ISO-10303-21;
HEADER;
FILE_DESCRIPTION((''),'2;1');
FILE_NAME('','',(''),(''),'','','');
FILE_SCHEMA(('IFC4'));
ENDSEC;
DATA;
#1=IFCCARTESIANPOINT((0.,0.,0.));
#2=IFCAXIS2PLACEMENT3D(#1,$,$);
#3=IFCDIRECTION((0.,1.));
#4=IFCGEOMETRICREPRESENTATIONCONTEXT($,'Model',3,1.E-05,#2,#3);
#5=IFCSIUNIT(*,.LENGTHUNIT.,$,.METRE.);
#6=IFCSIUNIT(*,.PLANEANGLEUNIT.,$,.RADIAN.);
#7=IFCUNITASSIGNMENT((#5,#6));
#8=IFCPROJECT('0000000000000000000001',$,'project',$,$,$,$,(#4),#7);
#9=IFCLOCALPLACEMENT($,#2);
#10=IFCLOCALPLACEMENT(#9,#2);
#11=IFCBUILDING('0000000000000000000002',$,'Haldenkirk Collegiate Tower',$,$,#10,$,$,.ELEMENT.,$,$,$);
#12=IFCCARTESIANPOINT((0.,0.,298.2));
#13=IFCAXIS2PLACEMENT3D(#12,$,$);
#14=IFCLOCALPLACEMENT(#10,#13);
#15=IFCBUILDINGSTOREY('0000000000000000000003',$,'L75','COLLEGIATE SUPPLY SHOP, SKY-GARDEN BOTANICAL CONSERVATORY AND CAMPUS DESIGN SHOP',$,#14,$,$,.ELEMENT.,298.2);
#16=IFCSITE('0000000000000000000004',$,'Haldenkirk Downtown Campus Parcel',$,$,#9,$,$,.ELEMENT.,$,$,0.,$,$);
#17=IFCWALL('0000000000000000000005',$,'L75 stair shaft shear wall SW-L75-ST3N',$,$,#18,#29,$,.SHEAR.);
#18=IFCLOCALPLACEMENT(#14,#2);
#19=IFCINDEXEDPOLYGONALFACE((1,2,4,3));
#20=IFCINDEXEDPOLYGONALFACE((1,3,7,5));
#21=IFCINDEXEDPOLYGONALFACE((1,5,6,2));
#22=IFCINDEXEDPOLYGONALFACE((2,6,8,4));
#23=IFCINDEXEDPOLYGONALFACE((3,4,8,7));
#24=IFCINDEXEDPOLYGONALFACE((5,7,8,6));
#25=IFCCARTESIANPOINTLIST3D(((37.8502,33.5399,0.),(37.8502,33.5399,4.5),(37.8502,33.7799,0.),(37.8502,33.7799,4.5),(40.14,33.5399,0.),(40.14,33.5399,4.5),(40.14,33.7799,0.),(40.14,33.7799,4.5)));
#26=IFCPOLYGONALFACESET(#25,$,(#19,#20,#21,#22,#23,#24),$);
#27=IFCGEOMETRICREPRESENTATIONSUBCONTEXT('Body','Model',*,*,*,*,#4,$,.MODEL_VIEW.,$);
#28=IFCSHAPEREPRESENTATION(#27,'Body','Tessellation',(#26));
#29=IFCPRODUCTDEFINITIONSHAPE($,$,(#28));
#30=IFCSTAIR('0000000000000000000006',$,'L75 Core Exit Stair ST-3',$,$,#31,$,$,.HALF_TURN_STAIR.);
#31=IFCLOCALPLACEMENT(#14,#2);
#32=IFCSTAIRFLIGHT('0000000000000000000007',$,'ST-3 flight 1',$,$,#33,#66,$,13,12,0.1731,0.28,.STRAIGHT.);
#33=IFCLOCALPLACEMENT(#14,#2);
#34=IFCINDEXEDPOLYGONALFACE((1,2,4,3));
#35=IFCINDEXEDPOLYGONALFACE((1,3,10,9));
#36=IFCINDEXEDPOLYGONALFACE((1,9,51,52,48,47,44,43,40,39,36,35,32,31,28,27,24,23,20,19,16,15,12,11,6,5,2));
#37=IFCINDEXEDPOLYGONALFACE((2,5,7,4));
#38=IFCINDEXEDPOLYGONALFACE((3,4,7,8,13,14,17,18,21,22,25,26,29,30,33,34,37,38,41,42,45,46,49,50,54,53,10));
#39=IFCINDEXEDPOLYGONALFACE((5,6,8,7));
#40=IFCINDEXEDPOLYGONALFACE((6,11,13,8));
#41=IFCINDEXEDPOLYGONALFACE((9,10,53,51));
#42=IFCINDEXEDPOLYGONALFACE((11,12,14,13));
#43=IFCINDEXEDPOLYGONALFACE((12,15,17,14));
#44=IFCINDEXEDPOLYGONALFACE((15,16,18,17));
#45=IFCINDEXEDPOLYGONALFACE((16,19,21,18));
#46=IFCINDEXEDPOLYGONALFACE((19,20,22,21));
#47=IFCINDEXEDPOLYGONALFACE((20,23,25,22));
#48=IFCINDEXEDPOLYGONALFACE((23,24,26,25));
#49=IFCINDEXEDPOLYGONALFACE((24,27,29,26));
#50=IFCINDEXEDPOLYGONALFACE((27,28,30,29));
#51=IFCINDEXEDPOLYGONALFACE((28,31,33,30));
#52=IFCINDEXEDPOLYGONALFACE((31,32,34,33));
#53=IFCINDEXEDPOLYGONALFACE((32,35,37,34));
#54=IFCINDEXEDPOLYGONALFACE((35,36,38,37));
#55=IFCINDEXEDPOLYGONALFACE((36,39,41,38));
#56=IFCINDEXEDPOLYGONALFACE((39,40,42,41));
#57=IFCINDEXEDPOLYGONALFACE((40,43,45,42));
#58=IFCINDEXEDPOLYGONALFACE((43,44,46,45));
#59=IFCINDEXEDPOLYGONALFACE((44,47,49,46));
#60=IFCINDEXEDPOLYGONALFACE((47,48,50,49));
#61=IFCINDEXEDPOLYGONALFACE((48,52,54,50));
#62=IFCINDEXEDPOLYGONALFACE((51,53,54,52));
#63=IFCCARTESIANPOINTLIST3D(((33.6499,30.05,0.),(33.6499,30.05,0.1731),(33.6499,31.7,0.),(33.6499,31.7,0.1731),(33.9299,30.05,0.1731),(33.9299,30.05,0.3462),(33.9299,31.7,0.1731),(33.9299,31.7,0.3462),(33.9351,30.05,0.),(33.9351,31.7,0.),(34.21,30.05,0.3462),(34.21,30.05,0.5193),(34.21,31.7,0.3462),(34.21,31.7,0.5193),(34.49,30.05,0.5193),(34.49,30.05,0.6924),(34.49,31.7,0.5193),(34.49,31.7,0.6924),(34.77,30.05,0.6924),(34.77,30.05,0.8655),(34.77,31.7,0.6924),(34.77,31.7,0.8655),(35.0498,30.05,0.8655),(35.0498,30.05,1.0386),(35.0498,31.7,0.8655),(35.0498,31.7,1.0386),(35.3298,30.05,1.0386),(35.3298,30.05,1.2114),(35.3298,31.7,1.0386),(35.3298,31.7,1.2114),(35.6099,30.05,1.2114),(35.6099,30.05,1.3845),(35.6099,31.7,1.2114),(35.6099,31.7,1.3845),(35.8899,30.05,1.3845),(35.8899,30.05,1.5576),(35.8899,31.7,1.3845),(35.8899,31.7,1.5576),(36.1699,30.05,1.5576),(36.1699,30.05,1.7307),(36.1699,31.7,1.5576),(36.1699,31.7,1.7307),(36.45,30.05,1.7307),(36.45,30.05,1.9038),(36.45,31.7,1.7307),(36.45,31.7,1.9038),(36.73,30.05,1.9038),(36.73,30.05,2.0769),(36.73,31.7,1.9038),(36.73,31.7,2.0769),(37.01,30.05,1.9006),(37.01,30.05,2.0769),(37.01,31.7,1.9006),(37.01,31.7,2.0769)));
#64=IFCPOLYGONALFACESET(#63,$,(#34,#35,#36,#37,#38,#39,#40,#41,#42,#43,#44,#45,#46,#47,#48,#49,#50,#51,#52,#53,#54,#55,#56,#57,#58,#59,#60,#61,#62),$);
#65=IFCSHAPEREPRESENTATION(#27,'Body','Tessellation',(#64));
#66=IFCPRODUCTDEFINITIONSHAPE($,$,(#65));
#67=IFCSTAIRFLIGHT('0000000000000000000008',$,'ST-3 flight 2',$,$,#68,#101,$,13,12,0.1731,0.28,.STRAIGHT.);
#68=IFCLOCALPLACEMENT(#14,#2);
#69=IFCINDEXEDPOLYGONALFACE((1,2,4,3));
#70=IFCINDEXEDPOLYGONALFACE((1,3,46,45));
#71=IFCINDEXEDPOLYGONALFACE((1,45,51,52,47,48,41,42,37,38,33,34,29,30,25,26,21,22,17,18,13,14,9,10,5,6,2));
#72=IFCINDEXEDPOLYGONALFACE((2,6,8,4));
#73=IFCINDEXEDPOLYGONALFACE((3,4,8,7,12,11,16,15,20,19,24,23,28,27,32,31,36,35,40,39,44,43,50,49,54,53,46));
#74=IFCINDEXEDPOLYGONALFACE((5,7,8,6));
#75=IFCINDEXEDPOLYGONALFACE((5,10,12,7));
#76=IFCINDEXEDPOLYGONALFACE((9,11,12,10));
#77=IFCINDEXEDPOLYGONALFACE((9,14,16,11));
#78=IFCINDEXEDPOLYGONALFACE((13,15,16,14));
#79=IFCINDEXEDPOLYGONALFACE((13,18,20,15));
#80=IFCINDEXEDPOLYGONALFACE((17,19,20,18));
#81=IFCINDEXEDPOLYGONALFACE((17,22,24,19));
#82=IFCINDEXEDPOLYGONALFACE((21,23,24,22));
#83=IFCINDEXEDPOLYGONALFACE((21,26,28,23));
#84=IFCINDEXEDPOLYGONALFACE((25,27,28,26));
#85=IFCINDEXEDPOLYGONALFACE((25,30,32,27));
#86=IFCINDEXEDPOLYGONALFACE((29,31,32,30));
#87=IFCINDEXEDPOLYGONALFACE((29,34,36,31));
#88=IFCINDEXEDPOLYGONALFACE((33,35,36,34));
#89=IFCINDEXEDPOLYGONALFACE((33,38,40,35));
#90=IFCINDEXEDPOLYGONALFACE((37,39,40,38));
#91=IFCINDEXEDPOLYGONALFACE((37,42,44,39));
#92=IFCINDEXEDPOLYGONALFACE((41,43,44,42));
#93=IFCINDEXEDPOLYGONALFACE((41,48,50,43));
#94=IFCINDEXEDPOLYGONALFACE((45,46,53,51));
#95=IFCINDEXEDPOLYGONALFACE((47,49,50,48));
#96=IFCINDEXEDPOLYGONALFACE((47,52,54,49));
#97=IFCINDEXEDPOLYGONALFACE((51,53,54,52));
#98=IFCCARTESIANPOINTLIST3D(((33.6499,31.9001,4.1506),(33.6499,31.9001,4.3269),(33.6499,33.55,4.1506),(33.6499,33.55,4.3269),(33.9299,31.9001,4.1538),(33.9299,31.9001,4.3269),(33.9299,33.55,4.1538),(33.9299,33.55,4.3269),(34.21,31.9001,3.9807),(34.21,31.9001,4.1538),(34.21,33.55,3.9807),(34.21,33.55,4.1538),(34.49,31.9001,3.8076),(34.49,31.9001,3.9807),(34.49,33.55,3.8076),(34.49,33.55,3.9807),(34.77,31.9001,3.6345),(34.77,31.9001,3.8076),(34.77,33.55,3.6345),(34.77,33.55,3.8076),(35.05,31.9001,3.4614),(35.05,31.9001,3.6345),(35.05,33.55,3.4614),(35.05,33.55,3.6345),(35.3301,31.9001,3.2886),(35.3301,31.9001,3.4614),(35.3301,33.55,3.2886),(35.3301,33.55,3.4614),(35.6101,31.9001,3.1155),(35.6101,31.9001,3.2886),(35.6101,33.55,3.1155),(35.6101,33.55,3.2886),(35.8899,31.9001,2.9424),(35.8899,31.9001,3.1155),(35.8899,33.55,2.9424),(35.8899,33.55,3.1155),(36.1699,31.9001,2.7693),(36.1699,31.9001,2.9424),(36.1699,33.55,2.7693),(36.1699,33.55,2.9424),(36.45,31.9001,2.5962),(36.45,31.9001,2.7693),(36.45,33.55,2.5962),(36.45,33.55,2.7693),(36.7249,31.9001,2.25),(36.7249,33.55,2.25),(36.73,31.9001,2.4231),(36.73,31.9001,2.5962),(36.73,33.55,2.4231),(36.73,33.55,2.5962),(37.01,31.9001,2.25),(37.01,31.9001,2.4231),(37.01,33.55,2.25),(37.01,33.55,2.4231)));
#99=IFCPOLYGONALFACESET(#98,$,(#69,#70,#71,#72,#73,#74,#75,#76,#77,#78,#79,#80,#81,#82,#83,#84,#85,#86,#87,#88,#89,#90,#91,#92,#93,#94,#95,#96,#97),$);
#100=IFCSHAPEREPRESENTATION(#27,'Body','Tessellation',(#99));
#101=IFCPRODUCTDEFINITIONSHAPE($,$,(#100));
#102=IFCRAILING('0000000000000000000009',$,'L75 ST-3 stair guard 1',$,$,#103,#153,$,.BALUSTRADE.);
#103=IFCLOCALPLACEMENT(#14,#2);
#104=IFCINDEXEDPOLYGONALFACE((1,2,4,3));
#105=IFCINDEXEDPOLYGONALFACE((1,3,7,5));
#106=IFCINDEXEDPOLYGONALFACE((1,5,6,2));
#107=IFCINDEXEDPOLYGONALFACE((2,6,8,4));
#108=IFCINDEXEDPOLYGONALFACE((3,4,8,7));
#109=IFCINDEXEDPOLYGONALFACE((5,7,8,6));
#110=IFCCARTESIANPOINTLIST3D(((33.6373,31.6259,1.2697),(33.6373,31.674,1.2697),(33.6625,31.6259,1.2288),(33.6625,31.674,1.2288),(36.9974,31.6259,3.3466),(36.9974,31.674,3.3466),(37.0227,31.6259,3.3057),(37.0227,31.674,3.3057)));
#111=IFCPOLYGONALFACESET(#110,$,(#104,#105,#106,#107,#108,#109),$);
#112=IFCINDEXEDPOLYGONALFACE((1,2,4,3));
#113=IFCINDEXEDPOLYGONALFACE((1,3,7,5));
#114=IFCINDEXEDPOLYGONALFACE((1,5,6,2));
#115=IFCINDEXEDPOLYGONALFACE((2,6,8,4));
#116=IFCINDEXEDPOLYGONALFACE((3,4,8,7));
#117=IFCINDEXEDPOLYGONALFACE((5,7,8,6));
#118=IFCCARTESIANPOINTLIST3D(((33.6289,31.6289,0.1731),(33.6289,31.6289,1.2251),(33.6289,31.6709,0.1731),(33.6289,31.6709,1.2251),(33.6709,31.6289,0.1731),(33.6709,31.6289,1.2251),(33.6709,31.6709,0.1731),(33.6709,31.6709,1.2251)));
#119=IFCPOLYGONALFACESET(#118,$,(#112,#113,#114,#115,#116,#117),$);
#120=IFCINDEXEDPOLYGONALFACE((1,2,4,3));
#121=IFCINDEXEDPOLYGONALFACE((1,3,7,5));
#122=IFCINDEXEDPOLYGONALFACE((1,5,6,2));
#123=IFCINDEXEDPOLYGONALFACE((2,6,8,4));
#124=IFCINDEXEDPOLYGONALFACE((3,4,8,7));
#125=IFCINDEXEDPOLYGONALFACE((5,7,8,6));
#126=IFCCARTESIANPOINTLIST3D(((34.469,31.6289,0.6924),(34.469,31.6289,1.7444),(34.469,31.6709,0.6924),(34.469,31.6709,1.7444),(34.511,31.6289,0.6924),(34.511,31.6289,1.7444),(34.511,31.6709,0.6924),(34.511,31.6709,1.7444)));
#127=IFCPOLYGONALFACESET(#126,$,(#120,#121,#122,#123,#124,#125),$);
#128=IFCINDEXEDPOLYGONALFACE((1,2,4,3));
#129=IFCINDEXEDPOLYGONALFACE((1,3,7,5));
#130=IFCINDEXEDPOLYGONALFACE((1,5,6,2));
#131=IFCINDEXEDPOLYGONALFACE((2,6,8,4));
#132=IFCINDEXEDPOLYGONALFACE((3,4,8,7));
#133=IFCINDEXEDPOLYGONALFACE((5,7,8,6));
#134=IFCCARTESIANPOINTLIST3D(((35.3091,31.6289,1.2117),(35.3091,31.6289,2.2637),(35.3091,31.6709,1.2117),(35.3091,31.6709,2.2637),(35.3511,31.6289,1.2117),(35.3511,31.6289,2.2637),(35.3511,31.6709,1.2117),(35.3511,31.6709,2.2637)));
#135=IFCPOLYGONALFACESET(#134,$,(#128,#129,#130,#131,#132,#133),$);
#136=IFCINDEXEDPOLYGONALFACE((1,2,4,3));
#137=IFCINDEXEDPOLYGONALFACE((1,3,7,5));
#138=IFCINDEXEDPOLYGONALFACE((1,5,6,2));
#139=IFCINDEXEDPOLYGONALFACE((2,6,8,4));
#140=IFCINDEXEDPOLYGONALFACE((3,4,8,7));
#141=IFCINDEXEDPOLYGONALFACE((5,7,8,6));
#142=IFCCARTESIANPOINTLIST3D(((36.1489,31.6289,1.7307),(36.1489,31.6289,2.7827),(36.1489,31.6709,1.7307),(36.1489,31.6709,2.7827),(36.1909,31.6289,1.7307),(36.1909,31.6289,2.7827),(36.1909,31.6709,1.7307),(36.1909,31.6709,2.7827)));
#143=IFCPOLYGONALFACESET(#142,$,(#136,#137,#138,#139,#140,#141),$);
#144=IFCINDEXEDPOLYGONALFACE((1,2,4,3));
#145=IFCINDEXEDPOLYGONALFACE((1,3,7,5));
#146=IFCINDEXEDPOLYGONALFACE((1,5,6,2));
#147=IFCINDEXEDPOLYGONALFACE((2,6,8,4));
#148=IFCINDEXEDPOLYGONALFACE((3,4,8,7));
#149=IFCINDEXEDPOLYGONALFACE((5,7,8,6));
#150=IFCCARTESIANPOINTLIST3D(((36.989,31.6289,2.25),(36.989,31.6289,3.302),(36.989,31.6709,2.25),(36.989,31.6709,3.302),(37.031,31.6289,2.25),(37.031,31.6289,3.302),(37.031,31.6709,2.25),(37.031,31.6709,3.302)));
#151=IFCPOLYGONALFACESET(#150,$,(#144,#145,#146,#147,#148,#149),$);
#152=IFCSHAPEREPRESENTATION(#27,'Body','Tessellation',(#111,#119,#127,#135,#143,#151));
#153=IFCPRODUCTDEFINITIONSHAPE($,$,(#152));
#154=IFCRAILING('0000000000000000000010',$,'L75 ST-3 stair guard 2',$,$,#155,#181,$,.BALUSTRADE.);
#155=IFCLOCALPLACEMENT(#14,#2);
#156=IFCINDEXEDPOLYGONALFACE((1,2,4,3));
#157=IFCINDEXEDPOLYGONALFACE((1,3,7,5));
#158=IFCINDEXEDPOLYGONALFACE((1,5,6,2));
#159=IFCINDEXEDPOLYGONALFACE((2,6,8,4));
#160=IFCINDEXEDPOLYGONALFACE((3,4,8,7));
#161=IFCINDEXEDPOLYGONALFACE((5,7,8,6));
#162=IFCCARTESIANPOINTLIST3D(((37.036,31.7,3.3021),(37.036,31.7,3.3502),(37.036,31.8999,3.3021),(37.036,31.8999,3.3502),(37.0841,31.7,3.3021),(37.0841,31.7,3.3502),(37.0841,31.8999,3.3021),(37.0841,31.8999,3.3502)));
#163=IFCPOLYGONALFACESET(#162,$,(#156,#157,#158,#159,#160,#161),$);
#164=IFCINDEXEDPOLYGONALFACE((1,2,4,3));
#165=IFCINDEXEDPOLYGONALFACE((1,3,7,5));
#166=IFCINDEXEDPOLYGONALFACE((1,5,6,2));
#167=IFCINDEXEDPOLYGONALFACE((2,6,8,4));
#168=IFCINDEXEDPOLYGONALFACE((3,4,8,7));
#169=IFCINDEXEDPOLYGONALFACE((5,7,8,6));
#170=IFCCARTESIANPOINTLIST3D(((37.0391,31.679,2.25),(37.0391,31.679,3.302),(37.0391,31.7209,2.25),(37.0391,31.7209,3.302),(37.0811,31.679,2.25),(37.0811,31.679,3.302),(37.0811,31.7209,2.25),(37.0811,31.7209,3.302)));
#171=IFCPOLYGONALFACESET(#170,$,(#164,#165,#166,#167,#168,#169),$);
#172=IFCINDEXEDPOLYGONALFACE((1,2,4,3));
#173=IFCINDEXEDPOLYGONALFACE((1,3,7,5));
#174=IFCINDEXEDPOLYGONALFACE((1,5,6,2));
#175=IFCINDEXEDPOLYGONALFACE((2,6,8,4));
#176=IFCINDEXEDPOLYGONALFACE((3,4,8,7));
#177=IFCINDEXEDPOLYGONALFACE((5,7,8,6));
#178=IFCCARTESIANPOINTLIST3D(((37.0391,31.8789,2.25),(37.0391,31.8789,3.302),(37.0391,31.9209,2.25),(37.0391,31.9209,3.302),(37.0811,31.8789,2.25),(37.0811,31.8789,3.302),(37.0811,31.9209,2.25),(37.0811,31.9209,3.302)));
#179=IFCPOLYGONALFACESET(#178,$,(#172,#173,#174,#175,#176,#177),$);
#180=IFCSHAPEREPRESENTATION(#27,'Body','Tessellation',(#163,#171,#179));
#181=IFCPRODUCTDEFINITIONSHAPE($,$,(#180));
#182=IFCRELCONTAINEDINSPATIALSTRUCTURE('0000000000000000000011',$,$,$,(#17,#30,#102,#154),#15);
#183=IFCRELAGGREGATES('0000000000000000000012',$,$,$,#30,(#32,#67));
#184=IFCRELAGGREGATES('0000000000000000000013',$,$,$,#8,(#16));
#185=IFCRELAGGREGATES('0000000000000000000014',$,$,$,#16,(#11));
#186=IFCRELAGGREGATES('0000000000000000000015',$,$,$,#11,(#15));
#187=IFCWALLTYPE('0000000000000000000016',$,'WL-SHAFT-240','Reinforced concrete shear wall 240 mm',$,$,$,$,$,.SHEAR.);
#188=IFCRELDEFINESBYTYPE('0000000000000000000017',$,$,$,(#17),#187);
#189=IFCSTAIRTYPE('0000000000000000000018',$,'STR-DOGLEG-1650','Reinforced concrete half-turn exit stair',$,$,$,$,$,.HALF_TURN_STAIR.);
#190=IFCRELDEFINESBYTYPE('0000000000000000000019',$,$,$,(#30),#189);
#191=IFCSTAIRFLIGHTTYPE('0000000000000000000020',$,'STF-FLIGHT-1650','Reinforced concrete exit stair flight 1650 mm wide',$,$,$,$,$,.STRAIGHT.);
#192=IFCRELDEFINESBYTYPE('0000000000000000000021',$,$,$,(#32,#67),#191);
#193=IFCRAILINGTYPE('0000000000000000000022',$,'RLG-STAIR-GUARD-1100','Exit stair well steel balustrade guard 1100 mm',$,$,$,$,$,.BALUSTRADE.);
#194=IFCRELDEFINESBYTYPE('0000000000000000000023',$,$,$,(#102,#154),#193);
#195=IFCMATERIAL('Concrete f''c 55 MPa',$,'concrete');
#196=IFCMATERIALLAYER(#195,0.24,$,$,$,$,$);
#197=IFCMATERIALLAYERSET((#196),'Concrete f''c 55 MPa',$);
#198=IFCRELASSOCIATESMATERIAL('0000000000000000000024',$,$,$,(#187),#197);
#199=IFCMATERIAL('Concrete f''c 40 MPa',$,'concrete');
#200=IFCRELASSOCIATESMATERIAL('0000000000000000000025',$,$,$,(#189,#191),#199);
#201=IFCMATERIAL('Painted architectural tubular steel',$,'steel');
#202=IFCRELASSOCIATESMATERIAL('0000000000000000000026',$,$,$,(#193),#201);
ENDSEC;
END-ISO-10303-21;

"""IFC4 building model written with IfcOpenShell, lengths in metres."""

from ifc_helpers import new_model, si_unit, direction, frame, frame_2d, origin, origin_2d, place, context, subcontext, project, spatial, polyline, rectangle, outline, extrude, material, layer, layer_set, type_object, element, aggregate, save


model = new_model("IFC4")

# Units and contexts
model_context = context("Model", 3, precision=1e-05, world=origin(), true_north=direction((0.0, 1.0)))
body_context = subcontext(model_context, "Body", "Model", "MODEL_VIEW")
ifc_project = project(units=[si_unit("LENGTHUNIT", "METRE"), si_unit("PLANEANGLEUNIT", "RADIAN")], contexts=[model_context])

# Site, building, storey
site_placement = place(None, origin())
site = spatial("IfcSite", under=ifc_project, at=site_placement, Name="Haldenkirk Downtown Campus Parcel", CompositionType="ELEMENT", RefElevation=0.0)
building_placement = place(site_placement, origin())
building = spatial("IfcBuilding", under=site, at=building_placement, Name="Haldenkirk Collegiate Tower", CompositionType="ELEMENT")
storey_placement = place(building_placement, frame((0.0, 0.0, 298.2)))
storey = spatial("IfcBuildingStorey", under=building, at=storey_placement, Name="L75", Description="COLLEGIATE SUPPLY SHOP, SKY-GARDEN BOTANICAL CONSERVATORY AND CAMPUS DESIGN SHOP", CompositionType="ELEMENT", Elevation=298.2)

# Wall
ifc_material_1 = material(Name="Concrete f'c 55 MPa", Category="concrete")
ifc_layer_1 = layer(ifc_material_1, 0.24)
ifc_layer_set_1 = layer_set([ifc_layer_1], Name="Concrete f'c 55 MPa")
wall_type_1 = type_object("IfcWallType", Name="WL-SHAFT-240", Description="Reinforced concrete shear wall 240 mm", PredefinedType="SHEAR", material=ifc_layer_set_1)
wall_1_placement = place(storey_placement, frame((37.8501, 33.6599, 0.0), z_axis=(0.0, 0.0, 1.0), x_axis=(1.0, 0.0, 0.0)))
element("IfcWall", 1, at=wall_1_placement, inside=storey, type_object=wall_type_1, Name="L75 stair shaft shear wall SW-L75-ST3N", PredefinedType="SHEAR", context=body_context, shape_type="SweptSolid", body=[
    extrude(rectangle(XDim=2.2898, YDim=0.24, at=frame_2d((1.145, 0.0))), origin(), (0.0, 0.0, 1.0), 4.5),
])

# Stair, stair flights
ifc_material_2 = material(Name="Concrete f'c 40 MPa", Category="concrete")
stair_type = type_object("IfcStairType", Name="STR-DOGLEG-1650", Description="Reinforced concrete half-turn exit stair", PredefinedType="HALF_TURN_STAIR", material=ifc_material_2)
stair_placement = place(storey_placement, origin())
stair = element("IfcStair", 2, at=stair_placement, inside=storey, type_object=stair_type, Name="L75 Core Exit Stair ST-3", PredefinedType="HALF_TURN_STAIR")
stair_flight_type = type_object("IfcStairFlightType", Name="STF-FLIGHT-1650", Description="Reinforced concrete exit stair flight 1650 mm wide", PredefinedType="STRAIGHT", material=ifc_material_2)
stair_flight_1_placement = place(storey_placement, frame((33.6499, 30.875, 0.0), z_axis=(0.0, 0.0, 1.0), x_axis=(1.0, 0.0, 0.0)))
stair_flight_1 = element("IfcStairFlight", 3, at=stair_flight_1_placement, type_object=stair_flight_type, Name="ST-3 flight 1", NumberOfRisers=13, NumberOfTreads=12, PredefinedType="STRAIGHT", RiserHeight=0.1731, TreadLength=0.28, context=body_context, shape_type="SweptSolid", body=[
    extrude(outline(polyline([(0.0, 0.0), (0.0, 0.1731), (0.28, 0.1731), (0.28, 0.3462), (0.5601, 0.3462), (0.5601, 0.5193), (0.8401, 0.5193), (0.8401, 0.6924), (1.1201, 0.6924), (1.1201, 0.8655), (1.3999, 0.8655), (1.3999, 1.0386), (1.6799, 1.0386), (1.6799, 1.2114), (1.96, 1.2114), (1.96, 1.3845), (2.24, 1.3845), (2.24, 1.5576), (2.52, 1.5576), (2.52, 1.7307), (2.8, 1.7307), (2.8, 1.9038), (3.0801, 1.9038), (3.0801, 2.0769), (3.3601, 2.0769), (3.3601, 2.25), (3.3601, 1.9006), (0.2852, 0.0), (0.0, 0.0)])), frame((0.0, 0.825, 0.0), z_axis=(0.0, -1.0, 0.0), x_axis=(1.0, 0.0, 0.0)), (0.0, 0.0, 1.0), 1.6499),
])
stair_flight_2_placement = place(storey_placement, frame((37.01, 32.7251, 2.25), z_axis=(0.0, 0.0, 1.0), x_axis=(-1.0, 0.0, 0.0)))
stair_flight_2 = element("IfcStairFlight", 4, at=stair_flight_2_placement, type_object=stair_flight_type, Name="ST-3 flight 2", NumberOfRisers=13, NumberOfTreads=12, PredefinedType="STRAIGHT", RiserHeight=0.1731, TreadLength=0.28, context=body_context, shape_type="SweptSolid", body=[
    extrude(outline(polyline([(0.0, 0.0), (0.0, 0.1731), (0.28, 0.1731), (0.28, 0.3462), (0.5601, 0.3462), (0.5601, 0.5193), (0.8401, 0.5193), (0.8401, 0.6924), (1.1201, 0.6924), (1.1201, 0.8655), (1.3999, 0.8655), (1.3999, 1.0386), (1.6799, 1.0386), (1.6799, 1.2114), (1.96, 1.2114), (1.96, 1.3845), (2.24, 1.3845), (2.24, 1.5576), (2.52, 1.5576), (2.52, 1.7307), (2.8, 1.7307), (2.8, 1.9038), (3.0801, 1.9038), (3.0801, 2.0769), (3.3601, 2.0769), (3.3601, 2.25), (3.3601, 1.9006), (0.2852, 0.0), (0.0, 0.0)])), frame((0.0, 0.825, 0.0), z_axis=(0.0, -1.0, 0.0), x_axis=(1.0, 0.0, 0.0)), (0.0, 0.0, 1.0), 1.6499),
])
aggregate(stair, [stair_flight_1, stair_flight_2])

# Railings
ifc_material_3 = material(Name="Painted architectural tubular steel", Category="steel")
railing_type_1 = type_object("IfcRailingType", Name="RLG-STAIR-GUARD-1100", Description="Exit stair well steel balustrade guard 1100 mm", PredefinedType="BALUSTRADE", material=ifc_material_3)
railing_1_placement = place(storey_placement, frame((33.6499, 31.6499, 0.1731)))
element("IfcRailing", 5, at=railing_1_placement, inside=storey, type_object=railing_type_1, Name="L75 ST-3 stair guard 1", PredefinedType="BALUSTRADE", context=body_context, shape_type="SweptSolid", body=[
    extrude(rectangle(XDim=0.0481, YDim=0.0481, at=origin_2d()), frame((0.0, 0.0, 1.0762), z_axis=(0.850623, 0.0, 0.525776), x_axis=(0.0, 1.0, 0.0)), (0.0, 0.0, 1.0), 3.9502),
    extrude(rectangle(XDim=0.042, YDim=0.042, at=origin_2d()), origin(), (0.0, 0.0, 1.0), 1.052),
    extrude(rectangle(XDim=0.042, YDim=0.042, at=origin_2d()), frame((0.8401, 0.0, 0.5193)), (0.0, 0.0, 1.0), 1.052),
    extrude(rectangle(XDim=0.042, YDim=0.042, at=origin_2d()), frame((1.6802, 0.0, 1.0386)), (0.0, 0.0, 1.0), 1.052),
    extrude(rectangle(XDim=0.042, YDim=0.042, at=origin_2d()), frame((2.52, 0.0, 1.5576)), (0.0, 0.0, 1.0), 1.052),
    extrude(rectangle(XDim=0.042, YDim=0.042, at=origin_2d()), frame((3.3601, 0.0, 2.0769)), (0.0, 0.0, 1.0), 1.052),
])
railing_2_placement = place(storey_placement, frame((37.0601, 31.7, 2.25)))
element("IfcRailing", 6, at=railing_2_placement, inside=storey, type_object=railing_type_1, Name="L75 ST-3 stair guard 2", PredefinedType="BALUSTRADE", context=body_context, shape_type="SweptSolid", body=[
    extrude(rectangle(XDim=0.0481, YDim=0.0481, at=origin_2d()), frame((0.0, 0.0, 1.0762), z_axis=(0.0, 1.0, 0.0), x_axis=(-1.0, 0.0, 0.0)), (0.0, 0.0, 1.0), 0.2),
    extrude(rectangle(XDim=0.042, YDim=0.042, at=origin_2d()), origin(), (0.0, 0.0, 1.0), 1.052),
    extrude(rectangle(XDim=0.042, YDim=0.042, at=origin_2d()), frame((0.0, 0.2, 0.0)), (0.0, 0.0, 1.0), 1.052),
])

save(model, "model.ifc")
